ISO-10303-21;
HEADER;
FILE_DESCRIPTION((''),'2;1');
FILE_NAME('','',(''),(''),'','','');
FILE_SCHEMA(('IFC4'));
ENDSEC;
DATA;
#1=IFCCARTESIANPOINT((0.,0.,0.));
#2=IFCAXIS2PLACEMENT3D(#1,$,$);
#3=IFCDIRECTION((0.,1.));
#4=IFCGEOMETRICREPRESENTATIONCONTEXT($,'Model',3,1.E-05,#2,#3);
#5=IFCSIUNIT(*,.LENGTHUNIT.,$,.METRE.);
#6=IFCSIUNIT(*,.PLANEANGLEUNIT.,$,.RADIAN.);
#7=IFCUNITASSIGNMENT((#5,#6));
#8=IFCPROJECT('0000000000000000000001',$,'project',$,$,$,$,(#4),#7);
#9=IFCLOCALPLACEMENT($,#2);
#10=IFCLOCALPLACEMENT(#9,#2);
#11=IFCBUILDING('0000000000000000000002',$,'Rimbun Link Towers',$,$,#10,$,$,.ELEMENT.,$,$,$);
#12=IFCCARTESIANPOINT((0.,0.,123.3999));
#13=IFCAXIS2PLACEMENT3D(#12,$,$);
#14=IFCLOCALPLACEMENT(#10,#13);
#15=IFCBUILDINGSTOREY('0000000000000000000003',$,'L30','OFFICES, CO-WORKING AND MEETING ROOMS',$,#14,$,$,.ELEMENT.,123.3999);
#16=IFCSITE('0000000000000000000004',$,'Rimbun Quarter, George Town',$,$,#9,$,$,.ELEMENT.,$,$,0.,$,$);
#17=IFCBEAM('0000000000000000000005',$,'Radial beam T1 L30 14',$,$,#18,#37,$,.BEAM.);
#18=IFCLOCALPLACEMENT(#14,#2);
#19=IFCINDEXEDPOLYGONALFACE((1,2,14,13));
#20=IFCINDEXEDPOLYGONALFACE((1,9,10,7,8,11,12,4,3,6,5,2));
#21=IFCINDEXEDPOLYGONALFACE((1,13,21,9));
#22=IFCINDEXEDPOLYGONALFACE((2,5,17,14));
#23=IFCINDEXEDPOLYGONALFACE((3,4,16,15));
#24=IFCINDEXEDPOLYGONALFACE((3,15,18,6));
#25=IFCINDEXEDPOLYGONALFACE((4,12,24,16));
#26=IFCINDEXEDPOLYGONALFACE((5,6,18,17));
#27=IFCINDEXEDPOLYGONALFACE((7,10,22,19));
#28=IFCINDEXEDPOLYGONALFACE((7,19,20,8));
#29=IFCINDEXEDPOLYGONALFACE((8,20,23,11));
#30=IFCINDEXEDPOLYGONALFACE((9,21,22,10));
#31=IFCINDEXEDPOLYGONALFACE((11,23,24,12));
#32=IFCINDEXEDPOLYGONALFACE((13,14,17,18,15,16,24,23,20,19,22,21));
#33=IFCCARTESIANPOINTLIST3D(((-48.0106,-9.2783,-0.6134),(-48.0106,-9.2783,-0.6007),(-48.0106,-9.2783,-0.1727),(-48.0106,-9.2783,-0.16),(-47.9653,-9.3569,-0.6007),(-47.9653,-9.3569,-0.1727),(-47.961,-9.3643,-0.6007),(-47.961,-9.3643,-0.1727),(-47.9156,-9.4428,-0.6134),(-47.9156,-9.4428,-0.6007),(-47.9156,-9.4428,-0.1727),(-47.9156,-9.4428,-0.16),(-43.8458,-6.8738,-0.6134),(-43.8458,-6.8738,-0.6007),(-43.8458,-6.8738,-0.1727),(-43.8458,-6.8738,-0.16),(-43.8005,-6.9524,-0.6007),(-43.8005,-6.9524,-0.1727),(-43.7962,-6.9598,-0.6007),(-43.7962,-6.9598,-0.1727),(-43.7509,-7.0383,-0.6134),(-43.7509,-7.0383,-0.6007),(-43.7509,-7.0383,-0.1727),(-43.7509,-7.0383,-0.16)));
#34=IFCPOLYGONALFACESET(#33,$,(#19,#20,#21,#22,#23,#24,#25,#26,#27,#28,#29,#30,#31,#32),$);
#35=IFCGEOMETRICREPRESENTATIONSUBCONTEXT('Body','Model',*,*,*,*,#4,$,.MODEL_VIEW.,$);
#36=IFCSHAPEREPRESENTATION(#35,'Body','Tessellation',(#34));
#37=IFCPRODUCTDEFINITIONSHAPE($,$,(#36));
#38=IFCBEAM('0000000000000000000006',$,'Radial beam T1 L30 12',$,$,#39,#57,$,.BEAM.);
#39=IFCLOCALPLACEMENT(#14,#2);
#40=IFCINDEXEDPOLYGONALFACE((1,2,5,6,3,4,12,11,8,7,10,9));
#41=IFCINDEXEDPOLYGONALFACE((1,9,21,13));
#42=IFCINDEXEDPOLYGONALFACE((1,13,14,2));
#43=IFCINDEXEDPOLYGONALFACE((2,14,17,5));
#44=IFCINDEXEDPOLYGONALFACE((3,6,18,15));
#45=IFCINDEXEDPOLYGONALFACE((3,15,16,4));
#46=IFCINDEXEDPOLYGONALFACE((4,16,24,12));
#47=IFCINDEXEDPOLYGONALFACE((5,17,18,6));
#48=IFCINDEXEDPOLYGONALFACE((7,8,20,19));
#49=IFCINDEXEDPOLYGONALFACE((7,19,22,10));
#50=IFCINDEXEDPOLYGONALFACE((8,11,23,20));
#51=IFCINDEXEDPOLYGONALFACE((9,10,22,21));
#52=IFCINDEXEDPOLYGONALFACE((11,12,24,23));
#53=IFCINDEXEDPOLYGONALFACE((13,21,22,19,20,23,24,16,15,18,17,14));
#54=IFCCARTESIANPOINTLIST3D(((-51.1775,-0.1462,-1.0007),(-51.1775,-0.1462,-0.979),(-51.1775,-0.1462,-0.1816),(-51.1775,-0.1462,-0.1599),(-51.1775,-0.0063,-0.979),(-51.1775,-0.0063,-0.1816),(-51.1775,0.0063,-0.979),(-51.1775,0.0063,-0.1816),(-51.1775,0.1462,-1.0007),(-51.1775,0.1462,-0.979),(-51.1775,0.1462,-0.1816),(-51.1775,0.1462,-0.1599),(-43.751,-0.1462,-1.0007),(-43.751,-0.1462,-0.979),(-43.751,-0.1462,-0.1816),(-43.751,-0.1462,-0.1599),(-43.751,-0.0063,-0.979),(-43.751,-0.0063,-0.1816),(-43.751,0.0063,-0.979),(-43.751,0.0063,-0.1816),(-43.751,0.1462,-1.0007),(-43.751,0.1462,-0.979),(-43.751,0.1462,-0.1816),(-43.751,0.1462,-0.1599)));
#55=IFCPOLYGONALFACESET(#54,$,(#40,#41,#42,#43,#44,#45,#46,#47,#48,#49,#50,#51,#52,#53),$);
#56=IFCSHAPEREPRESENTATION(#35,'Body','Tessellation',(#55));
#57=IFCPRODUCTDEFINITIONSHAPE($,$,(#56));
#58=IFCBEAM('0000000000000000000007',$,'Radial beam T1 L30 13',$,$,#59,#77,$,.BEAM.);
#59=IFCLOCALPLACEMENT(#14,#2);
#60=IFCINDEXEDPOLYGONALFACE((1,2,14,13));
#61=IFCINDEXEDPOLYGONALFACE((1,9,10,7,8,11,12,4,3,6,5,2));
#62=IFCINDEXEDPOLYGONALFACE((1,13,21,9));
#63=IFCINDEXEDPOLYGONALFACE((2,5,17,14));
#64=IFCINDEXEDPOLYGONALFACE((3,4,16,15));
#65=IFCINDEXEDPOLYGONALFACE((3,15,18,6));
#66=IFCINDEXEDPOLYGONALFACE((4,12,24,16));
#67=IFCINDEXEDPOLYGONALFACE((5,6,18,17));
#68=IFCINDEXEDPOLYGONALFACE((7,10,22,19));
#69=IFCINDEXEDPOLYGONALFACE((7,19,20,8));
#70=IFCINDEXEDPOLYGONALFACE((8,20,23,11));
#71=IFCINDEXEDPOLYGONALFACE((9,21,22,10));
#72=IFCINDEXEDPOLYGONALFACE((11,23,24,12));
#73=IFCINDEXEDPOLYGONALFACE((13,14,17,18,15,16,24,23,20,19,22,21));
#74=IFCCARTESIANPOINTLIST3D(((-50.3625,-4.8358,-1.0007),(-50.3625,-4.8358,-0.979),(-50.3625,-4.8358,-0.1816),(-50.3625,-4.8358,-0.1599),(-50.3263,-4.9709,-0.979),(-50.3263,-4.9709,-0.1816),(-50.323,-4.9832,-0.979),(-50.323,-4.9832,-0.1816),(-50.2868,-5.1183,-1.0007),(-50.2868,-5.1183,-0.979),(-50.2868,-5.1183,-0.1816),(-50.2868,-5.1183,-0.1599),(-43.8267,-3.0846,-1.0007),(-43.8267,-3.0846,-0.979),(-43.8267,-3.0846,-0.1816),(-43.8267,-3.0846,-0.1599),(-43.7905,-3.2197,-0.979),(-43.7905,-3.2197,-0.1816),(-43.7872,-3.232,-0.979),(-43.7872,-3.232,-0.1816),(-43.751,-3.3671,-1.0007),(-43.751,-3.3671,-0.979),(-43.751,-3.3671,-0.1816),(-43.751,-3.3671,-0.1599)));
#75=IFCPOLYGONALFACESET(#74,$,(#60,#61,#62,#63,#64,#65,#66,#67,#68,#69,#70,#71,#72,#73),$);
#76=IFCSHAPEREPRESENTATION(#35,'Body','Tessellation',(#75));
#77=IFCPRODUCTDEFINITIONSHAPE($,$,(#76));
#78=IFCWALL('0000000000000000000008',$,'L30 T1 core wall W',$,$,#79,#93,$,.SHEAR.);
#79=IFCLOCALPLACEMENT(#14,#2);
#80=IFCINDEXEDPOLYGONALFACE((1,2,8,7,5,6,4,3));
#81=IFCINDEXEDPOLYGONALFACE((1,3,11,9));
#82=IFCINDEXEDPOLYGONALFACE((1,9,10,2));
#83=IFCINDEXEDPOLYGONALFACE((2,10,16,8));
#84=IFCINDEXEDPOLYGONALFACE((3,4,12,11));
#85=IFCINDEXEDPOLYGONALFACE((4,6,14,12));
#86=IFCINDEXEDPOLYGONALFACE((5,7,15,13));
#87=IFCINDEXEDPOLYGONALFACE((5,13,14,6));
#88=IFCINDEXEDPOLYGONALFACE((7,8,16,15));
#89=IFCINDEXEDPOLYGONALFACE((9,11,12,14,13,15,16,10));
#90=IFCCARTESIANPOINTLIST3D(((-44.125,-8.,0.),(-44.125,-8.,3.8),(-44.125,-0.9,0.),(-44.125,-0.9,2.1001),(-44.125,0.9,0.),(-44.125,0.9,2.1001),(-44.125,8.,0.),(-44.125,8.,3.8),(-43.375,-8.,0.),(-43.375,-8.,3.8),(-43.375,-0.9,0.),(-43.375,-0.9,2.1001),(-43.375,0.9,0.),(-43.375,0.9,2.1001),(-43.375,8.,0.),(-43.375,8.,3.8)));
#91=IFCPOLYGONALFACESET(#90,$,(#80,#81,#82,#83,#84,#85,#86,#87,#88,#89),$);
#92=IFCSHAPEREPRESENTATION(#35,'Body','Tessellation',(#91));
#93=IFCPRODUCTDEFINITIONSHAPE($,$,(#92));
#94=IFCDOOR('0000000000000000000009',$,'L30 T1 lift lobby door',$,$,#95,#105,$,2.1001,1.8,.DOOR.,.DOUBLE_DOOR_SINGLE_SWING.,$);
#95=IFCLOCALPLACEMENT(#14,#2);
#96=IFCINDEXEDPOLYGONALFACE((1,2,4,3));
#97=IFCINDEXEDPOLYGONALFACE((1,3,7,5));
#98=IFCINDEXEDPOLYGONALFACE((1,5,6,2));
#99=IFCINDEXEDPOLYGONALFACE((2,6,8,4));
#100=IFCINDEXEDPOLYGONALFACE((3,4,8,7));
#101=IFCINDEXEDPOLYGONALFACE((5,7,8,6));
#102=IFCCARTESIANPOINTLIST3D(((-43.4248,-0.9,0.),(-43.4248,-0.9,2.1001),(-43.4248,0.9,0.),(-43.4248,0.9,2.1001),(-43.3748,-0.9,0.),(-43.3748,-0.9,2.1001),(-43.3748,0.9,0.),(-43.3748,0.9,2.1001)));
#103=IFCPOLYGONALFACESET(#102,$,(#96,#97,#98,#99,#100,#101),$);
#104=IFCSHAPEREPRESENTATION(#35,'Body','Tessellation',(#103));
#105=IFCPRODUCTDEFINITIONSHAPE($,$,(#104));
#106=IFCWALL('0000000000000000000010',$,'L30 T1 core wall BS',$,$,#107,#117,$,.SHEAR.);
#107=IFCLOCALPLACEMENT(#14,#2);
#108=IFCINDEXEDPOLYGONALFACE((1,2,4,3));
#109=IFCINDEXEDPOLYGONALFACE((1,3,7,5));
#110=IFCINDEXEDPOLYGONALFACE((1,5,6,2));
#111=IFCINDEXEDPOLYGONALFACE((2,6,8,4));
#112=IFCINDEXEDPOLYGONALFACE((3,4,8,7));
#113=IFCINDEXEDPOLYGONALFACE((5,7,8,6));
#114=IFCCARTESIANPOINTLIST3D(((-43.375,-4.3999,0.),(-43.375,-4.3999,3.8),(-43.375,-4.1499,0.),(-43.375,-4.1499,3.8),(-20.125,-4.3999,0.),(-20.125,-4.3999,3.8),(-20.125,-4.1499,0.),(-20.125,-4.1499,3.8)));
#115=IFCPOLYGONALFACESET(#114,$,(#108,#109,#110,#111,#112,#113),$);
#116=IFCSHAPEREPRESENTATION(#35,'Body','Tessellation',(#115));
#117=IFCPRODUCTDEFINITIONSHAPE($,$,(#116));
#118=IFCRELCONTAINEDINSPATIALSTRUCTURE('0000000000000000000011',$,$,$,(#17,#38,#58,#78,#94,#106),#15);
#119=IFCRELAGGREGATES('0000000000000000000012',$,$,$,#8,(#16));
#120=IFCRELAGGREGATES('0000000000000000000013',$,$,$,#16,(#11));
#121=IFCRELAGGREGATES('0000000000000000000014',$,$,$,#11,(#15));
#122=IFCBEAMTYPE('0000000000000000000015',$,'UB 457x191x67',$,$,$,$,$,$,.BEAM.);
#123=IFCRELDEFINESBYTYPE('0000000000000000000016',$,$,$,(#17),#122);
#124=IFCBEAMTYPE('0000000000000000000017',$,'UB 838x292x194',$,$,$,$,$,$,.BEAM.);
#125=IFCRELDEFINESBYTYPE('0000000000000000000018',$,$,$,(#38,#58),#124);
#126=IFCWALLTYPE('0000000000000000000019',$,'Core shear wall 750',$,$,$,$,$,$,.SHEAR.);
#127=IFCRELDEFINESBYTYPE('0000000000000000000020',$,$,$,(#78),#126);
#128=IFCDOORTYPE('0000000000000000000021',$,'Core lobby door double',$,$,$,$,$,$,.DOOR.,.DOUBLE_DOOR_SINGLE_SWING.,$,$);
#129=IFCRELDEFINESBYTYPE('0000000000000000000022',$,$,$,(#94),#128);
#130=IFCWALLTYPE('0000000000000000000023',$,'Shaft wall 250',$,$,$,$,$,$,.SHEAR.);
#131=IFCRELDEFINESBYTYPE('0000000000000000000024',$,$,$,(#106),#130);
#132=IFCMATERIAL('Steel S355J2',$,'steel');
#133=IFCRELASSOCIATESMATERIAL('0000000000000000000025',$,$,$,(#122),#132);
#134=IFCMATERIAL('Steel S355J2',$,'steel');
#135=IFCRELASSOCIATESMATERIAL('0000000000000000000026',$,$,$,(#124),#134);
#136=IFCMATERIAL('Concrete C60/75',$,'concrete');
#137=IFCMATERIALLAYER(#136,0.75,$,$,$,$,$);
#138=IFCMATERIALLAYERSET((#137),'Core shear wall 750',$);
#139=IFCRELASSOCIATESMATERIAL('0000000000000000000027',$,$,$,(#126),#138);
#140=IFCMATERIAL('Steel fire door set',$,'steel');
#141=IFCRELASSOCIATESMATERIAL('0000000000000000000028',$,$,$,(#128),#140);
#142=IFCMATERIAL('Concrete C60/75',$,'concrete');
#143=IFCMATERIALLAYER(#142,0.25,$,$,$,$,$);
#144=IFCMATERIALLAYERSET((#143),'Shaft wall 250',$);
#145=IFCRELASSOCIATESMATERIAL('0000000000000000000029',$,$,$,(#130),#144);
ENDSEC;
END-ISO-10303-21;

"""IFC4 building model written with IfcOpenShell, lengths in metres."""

from ifc_helpers import new_model, si_unit, direction, frame, frame_2d, origin, origin_2d, place, context, subcontext, project, spatial, rectangle, i_section, extrude, material, layer, layer_set, material_profile, profile_set, type_object, element, fill, save


model = new_model("IFC4")

# Units and contexts
model_context = context("Model", 3, precision=1e-05, world=origin(), true_north=direction((0.0, 1.0)))
body_context = subcontext(model_context, "Body", "Model", "MODEL_VIEW")
ifc_project = project(units=[si_unit("LENGTHUNIT", "METRE"), si_unit("PLANEANGLEUNIT", "RADIAN")], contexts=[model_context])

# Site, building, storey
site_placement = place(None, origin())
site = spatial("IfcSite", under=ifc_project, at=site_placement, Name="Rimbun Quarter, George Town", CompositionType="ELEMENT", RefElevation=0.0)
building_placement = place(site_placement, origin())
building = spatial("IfcBuilding", under=site, at=building_placement, Name="Rimbun Link Towers", CompositionType="ELEMENT")
storey_placement = place(building_placement, frame((0.0, 0.0, 123.3999)))
storey = spatial("IfcBuildingStorey", under=building, at=storey_placement, Name="L30", Description="OFFICES, CO-WORKING AND MEETING ROOMS", CompositionType="ELEMENT", Elevation=123.3999)

# Beams
ifc_material_1 = material(Name="Steel S355J2", Category="steel")
ifc_material_profile_1 = material_profile(ifc_material_1, i_section(OverallWidth=0.1899, OverallDepth=0.4534, WebThickness=0.0085, FlangeThickness=0.0127, at=origin_2d()), Name="UB 457x191x67")
ifc_profile_set_1 = profile_set([ifc_material_profile_1], Name="Steel S355J2")
beam_type_1 = type_object("IfcBeamType", Name="UB 457x191x67", PredefinedType="BEAM", material=ifc_profile_set_1)
beam_1_placement = place(storey_placement, frame((-43.7983, -6.9561, -0.3867), z_axis=(-0.866026, -0.499999, 0.0), x_axis=(0.499999, -0.866026, 0.0)))
element("IfcBeam", 1, at=beam_1_placement, inside=storey, type_object=beam_type_1, Name="Radial beam T1 L30 14", PredefinedType="BEAM", context=body_context, shape_type="SweptSolid", body=[
    extrude(i_section(OverallWidth=0.1899, OverallDepth=0.4534, WebThickness=0.0085, FlangeThickness=0.0127, at=origin_2d()), origin(), (0.0, 0.0, 1.0), 4.8091),
])
ifc_material_2 = material(Name="Steel S355J2", Category="steel")
ifc_material_profile_2 = material_profile(ifc_material_2, i_section(OverallWidth=0.2925, OverallDepth=0.8408, WebThickness=0.0127, FlangeThickness=0.0217, at=origin_2d()), Name="UB 838x292x194")
ifc_profile_set_2 = profile_set([ifc_material_profile_2], Name="Steel S355J2")
beam_type_2 = type_object("IfcBeamType", Name="UB 838x292x194", PredefinedType="BEAM", material=ifc_profile_set_2)
beam_2_placement = place(storey_placement, frame((-43.751, 0.0, -0.5803), z_axis=(-1.0, 0.0, 0.0), x_axis=(0.0, -1.0, 0.0)))
element("IfcBeam", 2, at=beam_2_placement, inside=storey, type_object=beam_type_2, Name="Radial beam T1 L30 12", PredefinedType="BEAM", context=body_context, shape_type="SweptSolid", body=[
    extrude(i_section(OverallWidth=0.2925, OverallDepth=0.8408, WebThickness=0.0127, FlangeThickness=0.0217, at=origin_2d()), origin(), (0.0, 0.0, 1.0), 7.4265),
])
beam_3_placement = place(storey_placement, frame((-43.7888, -3.2258, -0.5803), z_axis=(-0.965928, -0.25881, 0.0), x_axis=(0.25881, -0.965928, 0.0)))
element("IfcBeam", 3, at=beam_3_placement, inside=storey, type_object=beam_type_2, Name="Radial beam T1 L30 13", PredefinedType="BEAM", context=body_context, shape_type="SweptSolid", body=[
    extrude(i_section(OverallWidth=0.2925, OverallDepth=0.8408, WebThickness=0.0127, FlangeThickness=0.0217, at=origin_2d()), origin(), (0.0, 0.0, 1.0), 6.7664),
])

# Wall, opening, door
ifc_material_3 = material(Name="Concrete C60/75", Category="concrete")
ifc_layer_1 = layer(ifc_material_3, 0.75)
ifc_layer_set_1 = layer_set([ifc_layer_1], Name="Core shear wall 750")
wall_type_1 = type_object("IfcWallType", Name="Core shear wall 750", PredefinedType="SHEAR", material=ifc_layer_set_1)
wall_1_placement = place(storey_placement, frame((-43.75, -8.0, 0.0), z_axis=(0.0, 0.0, 1.0), x_axis=(0.0, 1.0, 0.0)))
wall_1 = element("IfcWall", 4, at=wall_1_placement, inside=storey, type_object=wall_type_1, Name="L30 T1 core wall W", PredefinedType="SHEAR", context=body_context, shape_type="SweptSolid", body=[
    extrude(rectangle(XDim=16.0, YDim=0.75, at=frame_2d((8.0, 0.0))), origin(), (0.0, 0.0, 1.0), 3.8),
])
opening_1_placement = place(wall_1_placement, frame((7.1001, 0.0, 0.0)))
opening_1 = element("IfcOpeningElement", 5, at=opening_1_placement, cuts=wall_1, PredefinedType="OPENING", context=body_context, shape_type="SweptSolid", body=[
    extrude(rectangle(XDim=1.8, YDim=2.1001, at=frame_2d((0.8999, 1.05))), frame((0.0, 0.385, 0.0), z_axis=(0.0, -1.0, 0.0), x_axis=(1.0, 0.0, 0.0)), (0.0, 0.0, 1.0), 0.77),
])
ifc_material_4 = material(Name="Steel fire door set", Category="steel")
door_type_1 = type_object("IfcDoorType", Name="Core lobby door double", OperationType="DOUBLE_DOOR_SINGLE_SWING", PredefinedType="DOOR", material=ifc_material_4)
door_1_placement = place(opening_1_placement, origin())
door_1 = element("IfcDoor", 6, at=door_1_placement, inside=storey, type_object=door_type_1, Name="L30 T1 lift lobby door", OperationType="DOUBLE_DOOR_SINGLE_SWING", OverallHeight=2.1001, OverallWidth=1.8, PredefinedType="DOOR", context=body_context, shape_type="SweptSolid", body=[
    extrude(rectangle(XDim=1.8, YDim=2.1001, at=frame_2d((0.8999, 1.05))), frame((0.0, -0.3252, 0.0), z_axis=(0.0, -1.0, 0.0), x_axis=(1.0, 0.0, 0.0)), (0.0, 0.0, 1.0), 0.05),
])
fill(opening_1, door_1)

# Wall
ifc_material_5 = material(Name="Concrete C60/75", Category="concrete")
ifc_layer_2 = layer(ifc_material_5, 0.25)
ifc_layer_set_2 = layer_set([ifc_layer_2], Name="Shaft wall 250")
wall_type_2 = type_object("IfcWallType", Name="Shaft wall 250", PredefinedType="SHEAR", material=ifc_layer_set_2)
wall_2_placement = place(storey_placement, frame((-43.375, -4.2749, 0.0), z_axis=(0.0, 0.0, 1.0), x_axis=(1.0, 0.0, 0.0)))
element("IfcWall", 7, at=wall_2_placement, inside=storey, type_object=wall_type_2, Name="L30 T1 core wall BS", PredefinedType="SHEAR", context=body_context, shape_type="SweptSolid", body=[
    extrude(rectangle(XDim=23.25, YDim=0.25, at=frame_2d((11.625, 0.0))), origin(), (0.0, 0.0, 1.0), 3.8),
])

save(model, "model.ifc")
